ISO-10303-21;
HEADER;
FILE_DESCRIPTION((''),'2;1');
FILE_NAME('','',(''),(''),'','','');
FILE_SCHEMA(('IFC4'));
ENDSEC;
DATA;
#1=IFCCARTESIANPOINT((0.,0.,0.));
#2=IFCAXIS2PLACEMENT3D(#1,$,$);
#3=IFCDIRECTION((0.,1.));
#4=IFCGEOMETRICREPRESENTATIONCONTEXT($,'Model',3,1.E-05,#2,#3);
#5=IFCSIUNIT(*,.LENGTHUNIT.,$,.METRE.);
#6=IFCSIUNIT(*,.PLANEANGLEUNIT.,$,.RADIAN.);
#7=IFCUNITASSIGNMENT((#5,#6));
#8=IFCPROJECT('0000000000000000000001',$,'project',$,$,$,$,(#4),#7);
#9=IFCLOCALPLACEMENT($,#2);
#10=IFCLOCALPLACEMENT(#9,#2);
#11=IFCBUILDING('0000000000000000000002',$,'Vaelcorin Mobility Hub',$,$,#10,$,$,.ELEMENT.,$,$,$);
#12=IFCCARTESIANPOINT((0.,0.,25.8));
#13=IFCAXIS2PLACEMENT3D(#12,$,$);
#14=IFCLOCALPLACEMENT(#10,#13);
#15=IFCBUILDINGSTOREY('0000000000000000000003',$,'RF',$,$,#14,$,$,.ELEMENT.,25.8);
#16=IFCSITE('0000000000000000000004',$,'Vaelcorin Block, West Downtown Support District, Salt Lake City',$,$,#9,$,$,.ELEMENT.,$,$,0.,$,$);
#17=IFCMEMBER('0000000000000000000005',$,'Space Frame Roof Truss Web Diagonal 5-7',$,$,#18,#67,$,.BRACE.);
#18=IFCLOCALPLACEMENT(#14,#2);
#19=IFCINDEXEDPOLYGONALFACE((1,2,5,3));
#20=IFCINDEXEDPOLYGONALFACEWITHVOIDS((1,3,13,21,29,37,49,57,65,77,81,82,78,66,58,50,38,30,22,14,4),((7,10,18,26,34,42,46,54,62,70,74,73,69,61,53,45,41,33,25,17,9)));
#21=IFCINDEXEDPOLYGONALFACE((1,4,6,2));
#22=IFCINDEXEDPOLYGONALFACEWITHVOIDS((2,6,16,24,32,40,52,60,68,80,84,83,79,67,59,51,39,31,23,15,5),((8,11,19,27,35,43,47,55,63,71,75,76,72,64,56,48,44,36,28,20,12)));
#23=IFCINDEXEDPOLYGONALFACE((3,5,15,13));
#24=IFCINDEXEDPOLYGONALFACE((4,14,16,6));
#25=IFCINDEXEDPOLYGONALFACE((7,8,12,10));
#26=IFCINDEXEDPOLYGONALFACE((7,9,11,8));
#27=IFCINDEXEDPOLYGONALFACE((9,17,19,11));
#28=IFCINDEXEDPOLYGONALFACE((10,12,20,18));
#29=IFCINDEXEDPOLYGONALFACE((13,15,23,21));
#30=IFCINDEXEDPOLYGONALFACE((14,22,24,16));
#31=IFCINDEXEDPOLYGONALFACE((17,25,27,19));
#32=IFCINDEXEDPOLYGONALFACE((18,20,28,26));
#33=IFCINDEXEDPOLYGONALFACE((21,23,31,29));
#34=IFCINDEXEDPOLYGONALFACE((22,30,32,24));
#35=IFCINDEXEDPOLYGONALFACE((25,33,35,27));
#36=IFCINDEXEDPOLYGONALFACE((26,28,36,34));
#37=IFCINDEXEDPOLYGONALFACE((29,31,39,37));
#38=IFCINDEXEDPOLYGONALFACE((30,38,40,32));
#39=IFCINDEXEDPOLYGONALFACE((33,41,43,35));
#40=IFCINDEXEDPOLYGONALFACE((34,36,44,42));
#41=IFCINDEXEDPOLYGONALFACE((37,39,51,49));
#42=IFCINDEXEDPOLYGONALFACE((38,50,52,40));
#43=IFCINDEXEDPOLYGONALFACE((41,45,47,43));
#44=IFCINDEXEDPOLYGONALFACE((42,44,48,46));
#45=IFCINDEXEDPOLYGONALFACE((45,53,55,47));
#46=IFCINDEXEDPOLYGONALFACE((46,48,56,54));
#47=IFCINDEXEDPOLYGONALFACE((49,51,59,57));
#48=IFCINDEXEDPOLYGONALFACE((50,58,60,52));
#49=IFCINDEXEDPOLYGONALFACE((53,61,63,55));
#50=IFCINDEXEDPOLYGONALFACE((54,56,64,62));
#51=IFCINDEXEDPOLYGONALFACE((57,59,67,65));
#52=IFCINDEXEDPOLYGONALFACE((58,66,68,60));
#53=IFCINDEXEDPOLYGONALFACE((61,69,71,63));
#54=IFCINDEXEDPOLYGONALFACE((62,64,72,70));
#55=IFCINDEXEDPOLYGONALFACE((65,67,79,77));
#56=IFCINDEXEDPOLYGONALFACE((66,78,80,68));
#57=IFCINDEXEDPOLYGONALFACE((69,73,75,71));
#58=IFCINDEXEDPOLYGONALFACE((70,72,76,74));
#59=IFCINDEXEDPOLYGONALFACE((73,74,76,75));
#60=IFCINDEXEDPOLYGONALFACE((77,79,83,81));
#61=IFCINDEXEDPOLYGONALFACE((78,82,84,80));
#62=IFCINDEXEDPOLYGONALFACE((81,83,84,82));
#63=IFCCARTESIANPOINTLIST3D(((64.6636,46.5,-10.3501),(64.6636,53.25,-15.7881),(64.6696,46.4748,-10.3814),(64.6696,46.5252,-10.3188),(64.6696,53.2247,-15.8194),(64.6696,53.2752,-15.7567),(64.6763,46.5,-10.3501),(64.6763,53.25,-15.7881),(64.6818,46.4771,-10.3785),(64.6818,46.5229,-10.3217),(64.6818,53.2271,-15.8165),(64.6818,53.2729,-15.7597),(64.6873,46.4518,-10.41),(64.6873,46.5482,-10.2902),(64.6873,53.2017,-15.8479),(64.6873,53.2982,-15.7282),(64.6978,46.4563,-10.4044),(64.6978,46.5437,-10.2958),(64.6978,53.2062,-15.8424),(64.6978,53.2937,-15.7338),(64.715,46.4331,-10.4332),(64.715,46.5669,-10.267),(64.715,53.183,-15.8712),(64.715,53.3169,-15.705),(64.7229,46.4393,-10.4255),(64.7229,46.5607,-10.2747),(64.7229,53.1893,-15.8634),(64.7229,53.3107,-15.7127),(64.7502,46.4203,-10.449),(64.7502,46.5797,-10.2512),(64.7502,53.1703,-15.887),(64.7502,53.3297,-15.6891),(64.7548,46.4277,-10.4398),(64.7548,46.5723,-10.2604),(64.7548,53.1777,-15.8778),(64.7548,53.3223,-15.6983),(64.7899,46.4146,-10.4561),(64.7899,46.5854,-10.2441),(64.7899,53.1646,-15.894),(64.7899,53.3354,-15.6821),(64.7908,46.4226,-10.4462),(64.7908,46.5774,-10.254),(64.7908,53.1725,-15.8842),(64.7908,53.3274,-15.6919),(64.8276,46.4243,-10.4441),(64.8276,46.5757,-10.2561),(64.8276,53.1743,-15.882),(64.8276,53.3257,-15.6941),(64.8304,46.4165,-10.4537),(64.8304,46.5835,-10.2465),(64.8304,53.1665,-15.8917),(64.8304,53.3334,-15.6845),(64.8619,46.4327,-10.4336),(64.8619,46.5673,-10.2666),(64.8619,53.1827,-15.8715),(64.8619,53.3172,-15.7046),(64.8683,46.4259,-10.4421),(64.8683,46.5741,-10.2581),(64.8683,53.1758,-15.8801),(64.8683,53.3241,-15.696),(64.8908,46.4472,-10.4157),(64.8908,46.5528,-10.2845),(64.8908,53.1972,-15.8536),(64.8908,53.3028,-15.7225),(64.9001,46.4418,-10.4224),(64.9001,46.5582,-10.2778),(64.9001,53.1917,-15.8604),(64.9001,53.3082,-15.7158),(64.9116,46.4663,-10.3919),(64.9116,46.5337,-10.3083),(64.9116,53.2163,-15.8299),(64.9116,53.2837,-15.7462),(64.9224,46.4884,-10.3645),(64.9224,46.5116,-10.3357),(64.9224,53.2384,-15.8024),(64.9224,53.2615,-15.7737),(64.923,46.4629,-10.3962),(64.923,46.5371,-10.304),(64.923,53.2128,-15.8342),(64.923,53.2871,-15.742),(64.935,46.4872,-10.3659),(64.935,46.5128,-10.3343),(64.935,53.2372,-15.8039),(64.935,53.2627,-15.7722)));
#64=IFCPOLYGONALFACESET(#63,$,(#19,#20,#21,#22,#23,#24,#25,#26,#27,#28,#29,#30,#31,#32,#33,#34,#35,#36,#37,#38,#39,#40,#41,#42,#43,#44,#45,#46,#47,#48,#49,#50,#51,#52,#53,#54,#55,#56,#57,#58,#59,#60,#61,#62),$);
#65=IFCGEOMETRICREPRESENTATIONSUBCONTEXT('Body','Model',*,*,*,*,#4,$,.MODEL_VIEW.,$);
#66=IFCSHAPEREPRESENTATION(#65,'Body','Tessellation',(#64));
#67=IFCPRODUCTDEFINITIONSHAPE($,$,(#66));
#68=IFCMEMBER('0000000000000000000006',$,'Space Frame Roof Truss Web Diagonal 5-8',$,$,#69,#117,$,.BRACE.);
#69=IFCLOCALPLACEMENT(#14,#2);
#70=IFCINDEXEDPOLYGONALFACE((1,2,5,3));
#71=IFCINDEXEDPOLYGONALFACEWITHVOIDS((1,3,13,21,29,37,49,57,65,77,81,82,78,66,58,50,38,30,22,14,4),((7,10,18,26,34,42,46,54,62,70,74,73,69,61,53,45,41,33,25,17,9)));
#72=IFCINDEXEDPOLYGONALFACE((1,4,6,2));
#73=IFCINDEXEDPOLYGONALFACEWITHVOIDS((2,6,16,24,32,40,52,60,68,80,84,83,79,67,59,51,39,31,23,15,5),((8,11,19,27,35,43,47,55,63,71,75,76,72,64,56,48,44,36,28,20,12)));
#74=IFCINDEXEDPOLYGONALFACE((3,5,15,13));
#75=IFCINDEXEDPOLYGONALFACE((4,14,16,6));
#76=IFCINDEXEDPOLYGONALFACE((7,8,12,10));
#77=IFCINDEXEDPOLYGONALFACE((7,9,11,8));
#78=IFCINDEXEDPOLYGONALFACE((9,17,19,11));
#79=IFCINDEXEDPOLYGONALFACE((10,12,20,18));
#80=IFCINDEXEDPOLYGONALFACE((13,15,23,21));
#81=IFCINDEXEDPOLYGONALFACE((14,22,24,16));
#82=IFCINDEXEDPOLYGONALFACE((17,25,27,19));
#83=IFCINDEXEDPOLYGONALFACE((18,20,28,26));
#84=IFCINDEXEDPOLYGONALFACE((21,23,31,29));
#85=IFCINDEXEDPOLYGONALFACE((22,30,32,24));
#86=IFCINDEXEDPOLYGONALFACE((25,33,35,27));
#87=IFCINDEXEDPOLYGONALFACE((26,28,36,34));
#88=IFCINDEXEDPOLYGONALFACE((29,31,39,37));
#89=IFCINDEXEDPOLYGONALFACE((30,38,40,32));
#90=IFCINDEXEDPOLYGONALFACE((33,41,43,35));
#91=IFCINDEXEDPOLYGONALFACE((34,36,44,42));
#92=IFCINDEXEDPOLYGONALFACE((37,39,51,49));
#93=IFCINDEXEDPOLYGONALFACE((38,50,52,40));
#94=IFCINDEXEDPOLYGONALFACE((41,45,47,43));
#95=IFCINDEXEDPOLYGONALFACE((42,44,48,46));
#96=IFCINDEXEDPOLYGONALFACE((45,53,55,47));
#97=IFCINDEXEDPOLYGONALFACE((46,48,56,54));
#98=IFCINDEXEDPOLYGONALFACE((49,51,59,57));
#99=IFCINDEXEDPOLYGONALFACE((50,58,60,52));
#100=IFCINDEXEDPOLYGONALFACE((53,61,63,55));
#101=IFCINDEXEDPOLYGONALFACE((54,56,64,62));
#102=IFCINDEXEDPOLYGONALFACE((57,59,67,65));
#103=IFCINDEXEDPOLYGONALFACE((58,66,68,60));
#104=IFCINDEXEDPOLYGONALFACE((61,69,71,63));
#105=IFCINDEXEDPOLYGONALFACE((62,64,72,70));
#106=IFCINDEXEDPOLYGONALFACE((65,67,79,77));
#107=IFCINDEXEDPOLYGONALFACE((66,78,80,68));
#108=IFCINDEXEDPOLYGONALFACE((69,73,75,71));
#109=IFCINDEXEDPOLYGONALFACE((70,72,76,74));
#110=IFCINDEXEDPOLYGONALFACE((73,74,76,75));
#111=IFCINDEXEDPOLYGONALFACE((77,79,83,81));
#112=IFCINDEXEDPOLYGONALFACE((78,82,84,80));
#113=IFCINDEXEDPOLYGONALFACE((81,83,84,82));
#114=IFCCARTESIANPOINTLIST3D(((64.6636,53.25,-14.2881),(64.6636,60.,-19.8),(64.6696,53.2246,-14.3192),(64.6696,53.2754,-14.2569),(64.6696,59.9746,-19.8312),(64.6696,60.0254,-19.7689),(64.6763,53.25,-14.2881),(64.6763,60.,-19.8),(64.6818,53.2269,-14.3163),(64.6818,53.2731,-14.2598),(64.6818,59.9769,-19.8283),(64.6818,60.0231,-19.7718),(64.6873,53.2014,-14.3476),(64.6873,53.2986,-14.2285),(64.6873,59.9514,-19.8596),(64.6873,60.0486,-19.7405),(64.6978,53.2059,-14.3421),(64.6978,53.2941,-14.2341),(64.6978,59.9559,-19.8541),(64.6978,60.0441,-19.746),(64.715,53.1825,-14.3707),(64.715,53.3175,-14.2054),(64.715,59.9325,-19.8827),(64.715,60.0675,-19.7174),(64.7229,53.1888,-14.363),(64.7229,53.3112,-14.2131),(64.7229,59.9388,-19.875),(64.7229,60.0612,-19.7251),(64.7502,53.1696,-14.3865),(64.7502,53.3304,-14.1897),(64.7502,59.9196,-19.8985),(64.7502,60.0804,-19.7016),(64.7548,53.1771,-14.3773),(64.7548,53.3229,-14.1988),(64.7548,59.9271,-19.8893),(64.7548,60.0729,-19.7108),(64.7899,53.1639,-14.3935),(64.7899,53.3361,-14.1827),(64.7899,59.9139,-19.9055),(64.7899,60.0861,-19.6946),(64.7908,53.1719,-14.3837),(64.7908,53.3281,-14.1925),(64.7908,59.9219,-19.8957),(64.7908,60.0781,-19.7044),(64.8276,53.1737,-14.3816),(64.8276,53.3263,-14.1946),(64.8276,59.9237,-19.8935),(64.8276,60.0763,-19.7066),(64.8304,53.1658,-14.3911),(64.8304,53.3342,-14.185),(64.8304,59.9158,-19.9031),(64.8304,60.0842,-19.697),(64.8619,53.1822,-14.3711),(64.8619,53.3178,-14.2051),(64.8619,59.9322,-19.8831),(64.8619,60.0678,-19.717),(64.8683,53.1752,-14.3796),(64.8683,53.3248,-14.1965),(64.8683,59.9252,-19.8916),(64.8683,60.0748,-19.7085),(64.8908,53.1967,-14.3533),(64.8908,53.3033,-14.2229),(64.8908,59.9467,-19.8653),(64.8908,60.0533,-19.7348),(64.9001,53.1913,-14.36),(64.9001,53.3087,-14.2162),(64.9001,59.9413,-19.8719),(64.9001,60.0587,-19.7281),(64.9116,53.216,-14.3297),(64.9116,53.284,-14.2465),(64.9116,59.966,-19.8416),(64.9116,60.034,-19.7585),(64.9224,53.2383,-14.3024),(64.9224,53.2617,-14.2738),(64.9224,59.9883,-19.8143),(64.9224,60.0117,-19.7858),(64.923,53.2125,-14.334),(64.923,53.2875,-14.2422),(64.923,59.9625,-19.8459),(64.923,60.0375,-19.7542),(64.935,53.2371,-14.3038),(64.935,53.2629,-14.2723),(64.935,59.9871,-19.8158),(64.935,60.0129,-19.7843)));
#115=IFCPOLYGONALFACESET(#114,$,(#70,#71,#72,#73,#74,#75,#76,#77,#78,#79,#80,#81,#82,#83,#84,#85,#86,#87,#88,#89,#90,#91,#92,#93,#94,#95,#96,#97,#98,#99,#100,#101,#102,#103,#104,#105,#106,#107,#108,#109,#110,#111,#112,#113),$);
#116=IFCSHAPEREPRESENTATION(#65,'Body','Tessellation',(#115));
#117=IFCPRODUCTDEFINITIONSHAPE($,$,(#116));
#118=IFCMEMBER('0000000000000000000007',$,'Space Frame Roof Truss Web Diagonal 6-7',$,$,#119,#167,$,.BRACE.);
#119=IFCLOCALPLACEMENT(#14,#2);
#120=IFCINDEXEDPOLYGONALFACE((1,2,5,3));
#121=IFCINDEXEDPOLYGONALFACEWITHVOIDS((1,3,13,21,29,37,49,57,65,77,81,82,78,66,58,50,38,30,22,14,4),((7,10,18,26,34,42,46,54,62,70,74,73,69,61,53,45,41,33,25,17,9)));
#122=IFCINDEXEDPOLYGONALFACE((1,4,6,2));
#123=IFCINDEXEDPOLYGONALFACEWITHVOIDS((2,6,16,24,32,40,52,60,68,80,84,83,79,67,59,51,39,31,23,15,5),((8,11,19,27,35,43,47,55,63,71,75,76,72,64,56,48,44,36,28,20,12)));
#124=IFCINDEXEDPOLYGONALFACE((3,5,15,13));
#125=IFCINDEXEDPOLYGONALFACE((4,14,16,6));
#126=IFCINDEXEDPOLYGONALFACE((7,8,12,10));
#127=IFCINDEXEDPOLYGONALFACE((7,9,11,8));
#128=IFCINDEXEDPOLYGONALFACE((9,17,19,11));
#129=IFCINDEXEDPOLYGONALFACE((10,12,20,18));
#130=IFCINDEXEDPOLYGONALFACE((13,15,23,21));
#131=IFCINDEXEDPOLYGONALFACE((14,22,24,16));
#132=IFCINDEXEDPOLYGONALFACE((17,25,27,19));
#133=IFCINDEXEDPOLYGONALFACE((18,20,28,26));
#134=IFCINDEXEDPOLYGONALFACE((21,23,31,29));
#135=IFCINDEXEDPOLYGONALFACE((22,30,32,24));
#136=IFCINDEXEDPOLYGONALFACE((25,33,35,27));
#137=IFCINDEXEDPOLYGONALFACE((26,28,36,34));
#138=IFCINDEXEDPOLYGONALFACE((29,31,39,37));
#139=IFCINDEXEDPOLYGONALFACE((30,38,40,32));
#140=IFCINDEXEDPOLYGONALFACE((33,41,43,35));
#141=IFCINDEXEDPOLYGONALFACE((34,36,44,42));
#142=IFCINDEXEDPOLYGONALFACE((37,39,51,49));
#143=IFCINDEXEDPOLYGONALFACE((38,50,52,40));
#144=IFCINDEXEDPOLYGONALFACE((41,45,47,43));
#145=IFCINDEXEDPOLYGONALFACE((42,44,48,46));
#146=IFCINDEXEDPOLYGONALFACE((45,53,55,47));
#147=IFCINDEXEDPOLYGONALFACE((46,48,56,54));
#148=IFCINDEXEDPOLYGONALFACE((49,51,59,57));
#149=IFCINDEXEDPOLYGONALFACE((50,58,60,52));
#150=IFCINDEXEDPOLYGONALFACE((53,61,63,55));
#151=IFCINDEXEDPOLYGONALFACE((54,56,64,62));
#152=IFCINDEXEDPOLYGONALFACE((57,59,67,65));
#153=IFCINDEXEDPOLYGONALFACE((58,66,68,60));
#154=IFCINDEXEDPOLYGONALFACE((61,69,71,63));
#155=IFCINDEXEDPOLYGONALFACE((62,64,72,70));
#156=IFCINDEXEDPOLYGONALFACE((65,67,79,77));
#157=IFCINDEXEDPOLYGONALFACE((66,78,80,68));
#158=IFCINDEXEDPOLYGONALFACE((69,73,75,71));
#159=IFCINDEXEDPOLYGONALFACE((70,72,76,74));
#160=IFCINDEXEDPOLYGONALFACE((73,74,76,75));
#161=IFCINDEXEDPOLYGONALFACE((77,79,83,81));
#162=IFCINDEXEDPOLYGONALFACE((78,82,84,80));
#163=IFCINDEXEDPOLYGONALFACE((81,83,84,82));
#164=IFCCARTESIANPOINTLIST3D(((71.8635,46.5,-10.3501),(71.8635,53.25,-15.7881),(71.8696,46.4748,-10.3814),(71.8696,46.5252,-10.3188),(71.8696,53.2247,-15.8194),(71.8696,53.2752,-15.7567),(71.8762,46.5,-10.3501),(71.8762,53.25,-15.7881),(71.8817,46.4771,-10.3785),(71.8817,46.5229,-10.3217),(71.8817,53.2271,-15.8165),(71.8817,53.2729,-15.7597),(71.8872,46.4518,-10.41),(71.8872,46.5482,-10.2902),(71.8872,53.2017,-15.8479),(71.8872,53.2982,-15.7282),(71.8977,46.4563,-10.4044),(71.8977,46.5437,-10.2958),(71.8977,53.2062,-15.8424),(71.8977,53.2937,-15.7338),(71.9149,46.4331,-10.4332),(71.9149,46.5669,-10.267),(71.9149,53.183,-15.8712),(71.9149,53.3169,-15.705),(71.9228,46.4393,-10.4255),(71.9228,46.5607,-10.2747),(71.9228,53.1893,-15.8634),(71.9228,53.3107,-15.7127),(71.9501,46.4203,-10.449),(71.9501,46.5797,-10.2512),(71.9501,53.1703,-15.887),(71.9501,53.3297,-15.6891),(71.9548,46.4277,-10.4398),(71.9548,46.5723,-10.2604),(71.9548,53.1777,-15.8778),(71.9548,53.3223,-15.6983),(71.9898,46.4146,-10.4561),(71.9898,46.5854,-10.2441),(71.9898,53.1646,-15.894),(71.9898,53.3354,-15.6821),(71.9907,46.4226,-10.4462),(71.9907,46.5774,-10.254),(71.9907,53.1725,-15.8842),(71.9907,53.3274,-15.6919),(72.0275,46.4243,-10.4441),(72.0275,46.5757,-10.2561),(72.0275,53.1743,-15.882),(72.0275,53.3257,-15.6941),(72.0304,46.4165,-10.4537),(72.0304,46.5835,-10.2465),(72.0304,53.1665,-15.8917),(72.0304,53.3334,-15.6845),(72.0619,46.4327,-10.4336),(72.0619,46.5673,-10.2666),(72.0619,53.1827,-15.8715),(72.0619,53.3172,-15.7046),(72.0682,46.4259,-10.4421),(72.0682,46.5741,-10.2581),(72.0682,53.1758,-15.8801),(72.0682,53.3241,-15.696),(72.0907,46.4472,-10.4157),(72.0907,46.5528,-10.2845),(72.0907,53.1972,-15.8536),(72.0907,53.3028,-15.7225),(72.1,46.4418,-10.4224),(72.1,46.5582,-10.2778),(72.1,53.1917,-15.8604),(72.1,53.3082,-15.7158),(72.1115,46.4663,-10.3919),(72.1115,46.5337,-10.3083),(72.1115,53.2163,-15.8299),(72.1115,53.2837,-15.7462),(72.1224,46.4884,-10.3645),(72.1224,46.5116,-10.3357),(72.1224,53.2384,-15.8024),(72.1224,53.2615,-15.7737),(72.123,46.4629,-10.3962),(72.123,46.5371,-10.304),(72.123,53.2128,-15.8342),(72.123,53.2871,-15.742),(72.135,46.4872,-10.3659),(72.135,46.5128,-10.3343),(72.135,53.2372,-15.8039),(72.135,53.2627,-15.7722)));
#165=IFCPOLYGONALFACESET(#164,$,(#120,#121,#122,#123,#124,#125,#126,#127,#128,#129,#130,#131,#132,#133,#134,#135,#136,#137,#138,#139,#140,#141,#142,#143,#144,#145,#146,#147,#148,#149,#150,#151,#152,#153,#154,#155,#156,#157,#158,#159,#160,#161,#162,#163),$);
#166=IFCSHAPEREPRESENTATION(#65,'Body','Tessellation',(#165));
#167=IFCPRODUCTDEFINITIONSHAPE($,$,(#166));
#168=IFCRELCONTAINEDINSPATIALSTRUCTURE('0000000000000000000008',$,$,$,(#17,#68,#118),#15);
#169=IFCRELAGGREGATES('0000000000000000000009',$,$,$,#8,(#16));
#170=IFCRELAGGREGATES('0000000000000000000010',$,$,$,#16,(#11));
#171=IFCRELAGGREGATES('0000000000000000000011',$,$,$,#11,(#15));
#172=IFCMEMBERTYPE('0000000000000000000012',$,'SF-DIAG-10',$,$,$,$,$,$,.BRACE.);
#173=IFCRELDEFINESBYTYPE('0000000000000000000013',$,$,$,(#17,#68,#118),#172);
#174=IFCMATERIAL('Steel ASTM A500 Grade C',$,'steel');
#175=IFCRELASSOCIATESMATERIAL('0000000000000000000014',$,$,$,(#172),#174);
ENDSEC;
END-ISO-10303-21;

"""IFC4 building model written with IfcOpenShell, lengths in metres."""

from ifc_helpers import new_model, si_unit, direction, frame, origin, origin_2d, place, context, subcontext, project, spatial, hollow_circle, extrude, material, material_profile, profile_set, type_object, element, save


model = new_model("IFC4")

# Units and contexts
model_context = context("Model", 3, precision=1e-05, world=origin(), true_north=direction((0.0, 1.0)))
body_context = subcontext(model_context, "Body", "Model", "MODEL_VIEW")
ifc_project = project(units=[si_unit("LENGTHUNIT", "METRE"), si_unit("PLANEANGLEUNIT", "RADIAN")], contexts=[model_context])

# Site, building, storey
site_placement = place(None, origin())
site = spatial("IfcSite", under=ifc_project, at=site_placement, Name="Vaelcorin Block, West Downtown Support District, Salt Lake City", CompositionType="ELEMENT", RefElevation=0.0)
building_placement = place(site_placement, origin())
building = spatial("IfcBuilding", under=site, at=building_placement, Name="Vaelcorin Mobility Hub", CompositionType="ELEMENT")
storey_placement = place(building_placement, frame((0.0, 0.0, 25.8)))
storey = spatial("IfcBuildingStorey", under=building, at=storey_placement, Name="RF", CompositionType="ELEMENT", Elevation=25.8)

# Members
ifc_material_1 = material(Name="Steel ASTM A500 Grade C", Category="steel")
ifc_material_profile_1 = material_profile(ifc_material_1, hollow_circle(Radius=0.1365, WallThickness=0.0127, at=origin_2d()), Name="HSS10.750X0.500")
ifc_profile_set_1 = profile_set([ifc_material_profile_1], Name="Steel ASTM A500 Grade C")
member_type_1 = type_object("IfcMemberType", Name="SF-DIAG-10", PredefinedType="BRACE", material=ifc_profile_set_1)
member_1_placement = place(storey_placement, frame((64.8, 46.5, -10.3501), z_axis=(0.0, 0.778726, -0.627364), x_axis=(-1.0, 0.0, 0.0)))
element("IfcMember", 1, at=member_1_placement, inside=storey, type_object=member_type_1, Name="Space Frame Roof Truss Web Diagonal 5-7", PredefinedType="BRACE", context=body_context, shape_type="SweptSolid", body=[
    extrude(hollow_circle(Radius=0.1365, WallThickness=0.0127, at=origin_2d()), origin(), (0.0, 0.0, 1.0), 8.668),
])
member_2_placement = place(storey_placement, frame((64.8, 53.25, -14.2881), z_axis=(0.0, 0.774562, -0.632498), x_axis=(-1.0, 0.0, 0.0)))
element("IfcMember", 2, at=member_2_placement, inside=storey, type_object=member_type_1, Name="Space Frame Roof Truss Web Diagonal 5-8", PredefinedType="BRACE", context=body_context, shape_type="SweptSolid", body=[
    extrude(hollow_circle(Radius=0.1365, WallThickness=0.0127, at=origin_2d()), origin(), (0.0, 0.0, 1.0), 8.7146),
])
member_3_placement = place(storey_placement, frame((72.0, 46.5, -10.3501), z_axis=(0.0, 0.778726, -0.627364), x_axis=(-1.0, 0.0, 0.0)))
element("IfcMember", 3, at=member_3_placement, inside=storey, type_object=member_type_1, Name="Space Frame Roof Truss Web Diagonal 6-7", PredefinedType="BRACE", context=body_context, shape_type="SweptSolid", body=[
    extrude(hollow_circle(Radius=0.1365, WallThickness=0.0127, at=origin_2d()), origin(), (0.0, 0.0, 1.0), 8.668),
])

save(model, "model.ifc")
